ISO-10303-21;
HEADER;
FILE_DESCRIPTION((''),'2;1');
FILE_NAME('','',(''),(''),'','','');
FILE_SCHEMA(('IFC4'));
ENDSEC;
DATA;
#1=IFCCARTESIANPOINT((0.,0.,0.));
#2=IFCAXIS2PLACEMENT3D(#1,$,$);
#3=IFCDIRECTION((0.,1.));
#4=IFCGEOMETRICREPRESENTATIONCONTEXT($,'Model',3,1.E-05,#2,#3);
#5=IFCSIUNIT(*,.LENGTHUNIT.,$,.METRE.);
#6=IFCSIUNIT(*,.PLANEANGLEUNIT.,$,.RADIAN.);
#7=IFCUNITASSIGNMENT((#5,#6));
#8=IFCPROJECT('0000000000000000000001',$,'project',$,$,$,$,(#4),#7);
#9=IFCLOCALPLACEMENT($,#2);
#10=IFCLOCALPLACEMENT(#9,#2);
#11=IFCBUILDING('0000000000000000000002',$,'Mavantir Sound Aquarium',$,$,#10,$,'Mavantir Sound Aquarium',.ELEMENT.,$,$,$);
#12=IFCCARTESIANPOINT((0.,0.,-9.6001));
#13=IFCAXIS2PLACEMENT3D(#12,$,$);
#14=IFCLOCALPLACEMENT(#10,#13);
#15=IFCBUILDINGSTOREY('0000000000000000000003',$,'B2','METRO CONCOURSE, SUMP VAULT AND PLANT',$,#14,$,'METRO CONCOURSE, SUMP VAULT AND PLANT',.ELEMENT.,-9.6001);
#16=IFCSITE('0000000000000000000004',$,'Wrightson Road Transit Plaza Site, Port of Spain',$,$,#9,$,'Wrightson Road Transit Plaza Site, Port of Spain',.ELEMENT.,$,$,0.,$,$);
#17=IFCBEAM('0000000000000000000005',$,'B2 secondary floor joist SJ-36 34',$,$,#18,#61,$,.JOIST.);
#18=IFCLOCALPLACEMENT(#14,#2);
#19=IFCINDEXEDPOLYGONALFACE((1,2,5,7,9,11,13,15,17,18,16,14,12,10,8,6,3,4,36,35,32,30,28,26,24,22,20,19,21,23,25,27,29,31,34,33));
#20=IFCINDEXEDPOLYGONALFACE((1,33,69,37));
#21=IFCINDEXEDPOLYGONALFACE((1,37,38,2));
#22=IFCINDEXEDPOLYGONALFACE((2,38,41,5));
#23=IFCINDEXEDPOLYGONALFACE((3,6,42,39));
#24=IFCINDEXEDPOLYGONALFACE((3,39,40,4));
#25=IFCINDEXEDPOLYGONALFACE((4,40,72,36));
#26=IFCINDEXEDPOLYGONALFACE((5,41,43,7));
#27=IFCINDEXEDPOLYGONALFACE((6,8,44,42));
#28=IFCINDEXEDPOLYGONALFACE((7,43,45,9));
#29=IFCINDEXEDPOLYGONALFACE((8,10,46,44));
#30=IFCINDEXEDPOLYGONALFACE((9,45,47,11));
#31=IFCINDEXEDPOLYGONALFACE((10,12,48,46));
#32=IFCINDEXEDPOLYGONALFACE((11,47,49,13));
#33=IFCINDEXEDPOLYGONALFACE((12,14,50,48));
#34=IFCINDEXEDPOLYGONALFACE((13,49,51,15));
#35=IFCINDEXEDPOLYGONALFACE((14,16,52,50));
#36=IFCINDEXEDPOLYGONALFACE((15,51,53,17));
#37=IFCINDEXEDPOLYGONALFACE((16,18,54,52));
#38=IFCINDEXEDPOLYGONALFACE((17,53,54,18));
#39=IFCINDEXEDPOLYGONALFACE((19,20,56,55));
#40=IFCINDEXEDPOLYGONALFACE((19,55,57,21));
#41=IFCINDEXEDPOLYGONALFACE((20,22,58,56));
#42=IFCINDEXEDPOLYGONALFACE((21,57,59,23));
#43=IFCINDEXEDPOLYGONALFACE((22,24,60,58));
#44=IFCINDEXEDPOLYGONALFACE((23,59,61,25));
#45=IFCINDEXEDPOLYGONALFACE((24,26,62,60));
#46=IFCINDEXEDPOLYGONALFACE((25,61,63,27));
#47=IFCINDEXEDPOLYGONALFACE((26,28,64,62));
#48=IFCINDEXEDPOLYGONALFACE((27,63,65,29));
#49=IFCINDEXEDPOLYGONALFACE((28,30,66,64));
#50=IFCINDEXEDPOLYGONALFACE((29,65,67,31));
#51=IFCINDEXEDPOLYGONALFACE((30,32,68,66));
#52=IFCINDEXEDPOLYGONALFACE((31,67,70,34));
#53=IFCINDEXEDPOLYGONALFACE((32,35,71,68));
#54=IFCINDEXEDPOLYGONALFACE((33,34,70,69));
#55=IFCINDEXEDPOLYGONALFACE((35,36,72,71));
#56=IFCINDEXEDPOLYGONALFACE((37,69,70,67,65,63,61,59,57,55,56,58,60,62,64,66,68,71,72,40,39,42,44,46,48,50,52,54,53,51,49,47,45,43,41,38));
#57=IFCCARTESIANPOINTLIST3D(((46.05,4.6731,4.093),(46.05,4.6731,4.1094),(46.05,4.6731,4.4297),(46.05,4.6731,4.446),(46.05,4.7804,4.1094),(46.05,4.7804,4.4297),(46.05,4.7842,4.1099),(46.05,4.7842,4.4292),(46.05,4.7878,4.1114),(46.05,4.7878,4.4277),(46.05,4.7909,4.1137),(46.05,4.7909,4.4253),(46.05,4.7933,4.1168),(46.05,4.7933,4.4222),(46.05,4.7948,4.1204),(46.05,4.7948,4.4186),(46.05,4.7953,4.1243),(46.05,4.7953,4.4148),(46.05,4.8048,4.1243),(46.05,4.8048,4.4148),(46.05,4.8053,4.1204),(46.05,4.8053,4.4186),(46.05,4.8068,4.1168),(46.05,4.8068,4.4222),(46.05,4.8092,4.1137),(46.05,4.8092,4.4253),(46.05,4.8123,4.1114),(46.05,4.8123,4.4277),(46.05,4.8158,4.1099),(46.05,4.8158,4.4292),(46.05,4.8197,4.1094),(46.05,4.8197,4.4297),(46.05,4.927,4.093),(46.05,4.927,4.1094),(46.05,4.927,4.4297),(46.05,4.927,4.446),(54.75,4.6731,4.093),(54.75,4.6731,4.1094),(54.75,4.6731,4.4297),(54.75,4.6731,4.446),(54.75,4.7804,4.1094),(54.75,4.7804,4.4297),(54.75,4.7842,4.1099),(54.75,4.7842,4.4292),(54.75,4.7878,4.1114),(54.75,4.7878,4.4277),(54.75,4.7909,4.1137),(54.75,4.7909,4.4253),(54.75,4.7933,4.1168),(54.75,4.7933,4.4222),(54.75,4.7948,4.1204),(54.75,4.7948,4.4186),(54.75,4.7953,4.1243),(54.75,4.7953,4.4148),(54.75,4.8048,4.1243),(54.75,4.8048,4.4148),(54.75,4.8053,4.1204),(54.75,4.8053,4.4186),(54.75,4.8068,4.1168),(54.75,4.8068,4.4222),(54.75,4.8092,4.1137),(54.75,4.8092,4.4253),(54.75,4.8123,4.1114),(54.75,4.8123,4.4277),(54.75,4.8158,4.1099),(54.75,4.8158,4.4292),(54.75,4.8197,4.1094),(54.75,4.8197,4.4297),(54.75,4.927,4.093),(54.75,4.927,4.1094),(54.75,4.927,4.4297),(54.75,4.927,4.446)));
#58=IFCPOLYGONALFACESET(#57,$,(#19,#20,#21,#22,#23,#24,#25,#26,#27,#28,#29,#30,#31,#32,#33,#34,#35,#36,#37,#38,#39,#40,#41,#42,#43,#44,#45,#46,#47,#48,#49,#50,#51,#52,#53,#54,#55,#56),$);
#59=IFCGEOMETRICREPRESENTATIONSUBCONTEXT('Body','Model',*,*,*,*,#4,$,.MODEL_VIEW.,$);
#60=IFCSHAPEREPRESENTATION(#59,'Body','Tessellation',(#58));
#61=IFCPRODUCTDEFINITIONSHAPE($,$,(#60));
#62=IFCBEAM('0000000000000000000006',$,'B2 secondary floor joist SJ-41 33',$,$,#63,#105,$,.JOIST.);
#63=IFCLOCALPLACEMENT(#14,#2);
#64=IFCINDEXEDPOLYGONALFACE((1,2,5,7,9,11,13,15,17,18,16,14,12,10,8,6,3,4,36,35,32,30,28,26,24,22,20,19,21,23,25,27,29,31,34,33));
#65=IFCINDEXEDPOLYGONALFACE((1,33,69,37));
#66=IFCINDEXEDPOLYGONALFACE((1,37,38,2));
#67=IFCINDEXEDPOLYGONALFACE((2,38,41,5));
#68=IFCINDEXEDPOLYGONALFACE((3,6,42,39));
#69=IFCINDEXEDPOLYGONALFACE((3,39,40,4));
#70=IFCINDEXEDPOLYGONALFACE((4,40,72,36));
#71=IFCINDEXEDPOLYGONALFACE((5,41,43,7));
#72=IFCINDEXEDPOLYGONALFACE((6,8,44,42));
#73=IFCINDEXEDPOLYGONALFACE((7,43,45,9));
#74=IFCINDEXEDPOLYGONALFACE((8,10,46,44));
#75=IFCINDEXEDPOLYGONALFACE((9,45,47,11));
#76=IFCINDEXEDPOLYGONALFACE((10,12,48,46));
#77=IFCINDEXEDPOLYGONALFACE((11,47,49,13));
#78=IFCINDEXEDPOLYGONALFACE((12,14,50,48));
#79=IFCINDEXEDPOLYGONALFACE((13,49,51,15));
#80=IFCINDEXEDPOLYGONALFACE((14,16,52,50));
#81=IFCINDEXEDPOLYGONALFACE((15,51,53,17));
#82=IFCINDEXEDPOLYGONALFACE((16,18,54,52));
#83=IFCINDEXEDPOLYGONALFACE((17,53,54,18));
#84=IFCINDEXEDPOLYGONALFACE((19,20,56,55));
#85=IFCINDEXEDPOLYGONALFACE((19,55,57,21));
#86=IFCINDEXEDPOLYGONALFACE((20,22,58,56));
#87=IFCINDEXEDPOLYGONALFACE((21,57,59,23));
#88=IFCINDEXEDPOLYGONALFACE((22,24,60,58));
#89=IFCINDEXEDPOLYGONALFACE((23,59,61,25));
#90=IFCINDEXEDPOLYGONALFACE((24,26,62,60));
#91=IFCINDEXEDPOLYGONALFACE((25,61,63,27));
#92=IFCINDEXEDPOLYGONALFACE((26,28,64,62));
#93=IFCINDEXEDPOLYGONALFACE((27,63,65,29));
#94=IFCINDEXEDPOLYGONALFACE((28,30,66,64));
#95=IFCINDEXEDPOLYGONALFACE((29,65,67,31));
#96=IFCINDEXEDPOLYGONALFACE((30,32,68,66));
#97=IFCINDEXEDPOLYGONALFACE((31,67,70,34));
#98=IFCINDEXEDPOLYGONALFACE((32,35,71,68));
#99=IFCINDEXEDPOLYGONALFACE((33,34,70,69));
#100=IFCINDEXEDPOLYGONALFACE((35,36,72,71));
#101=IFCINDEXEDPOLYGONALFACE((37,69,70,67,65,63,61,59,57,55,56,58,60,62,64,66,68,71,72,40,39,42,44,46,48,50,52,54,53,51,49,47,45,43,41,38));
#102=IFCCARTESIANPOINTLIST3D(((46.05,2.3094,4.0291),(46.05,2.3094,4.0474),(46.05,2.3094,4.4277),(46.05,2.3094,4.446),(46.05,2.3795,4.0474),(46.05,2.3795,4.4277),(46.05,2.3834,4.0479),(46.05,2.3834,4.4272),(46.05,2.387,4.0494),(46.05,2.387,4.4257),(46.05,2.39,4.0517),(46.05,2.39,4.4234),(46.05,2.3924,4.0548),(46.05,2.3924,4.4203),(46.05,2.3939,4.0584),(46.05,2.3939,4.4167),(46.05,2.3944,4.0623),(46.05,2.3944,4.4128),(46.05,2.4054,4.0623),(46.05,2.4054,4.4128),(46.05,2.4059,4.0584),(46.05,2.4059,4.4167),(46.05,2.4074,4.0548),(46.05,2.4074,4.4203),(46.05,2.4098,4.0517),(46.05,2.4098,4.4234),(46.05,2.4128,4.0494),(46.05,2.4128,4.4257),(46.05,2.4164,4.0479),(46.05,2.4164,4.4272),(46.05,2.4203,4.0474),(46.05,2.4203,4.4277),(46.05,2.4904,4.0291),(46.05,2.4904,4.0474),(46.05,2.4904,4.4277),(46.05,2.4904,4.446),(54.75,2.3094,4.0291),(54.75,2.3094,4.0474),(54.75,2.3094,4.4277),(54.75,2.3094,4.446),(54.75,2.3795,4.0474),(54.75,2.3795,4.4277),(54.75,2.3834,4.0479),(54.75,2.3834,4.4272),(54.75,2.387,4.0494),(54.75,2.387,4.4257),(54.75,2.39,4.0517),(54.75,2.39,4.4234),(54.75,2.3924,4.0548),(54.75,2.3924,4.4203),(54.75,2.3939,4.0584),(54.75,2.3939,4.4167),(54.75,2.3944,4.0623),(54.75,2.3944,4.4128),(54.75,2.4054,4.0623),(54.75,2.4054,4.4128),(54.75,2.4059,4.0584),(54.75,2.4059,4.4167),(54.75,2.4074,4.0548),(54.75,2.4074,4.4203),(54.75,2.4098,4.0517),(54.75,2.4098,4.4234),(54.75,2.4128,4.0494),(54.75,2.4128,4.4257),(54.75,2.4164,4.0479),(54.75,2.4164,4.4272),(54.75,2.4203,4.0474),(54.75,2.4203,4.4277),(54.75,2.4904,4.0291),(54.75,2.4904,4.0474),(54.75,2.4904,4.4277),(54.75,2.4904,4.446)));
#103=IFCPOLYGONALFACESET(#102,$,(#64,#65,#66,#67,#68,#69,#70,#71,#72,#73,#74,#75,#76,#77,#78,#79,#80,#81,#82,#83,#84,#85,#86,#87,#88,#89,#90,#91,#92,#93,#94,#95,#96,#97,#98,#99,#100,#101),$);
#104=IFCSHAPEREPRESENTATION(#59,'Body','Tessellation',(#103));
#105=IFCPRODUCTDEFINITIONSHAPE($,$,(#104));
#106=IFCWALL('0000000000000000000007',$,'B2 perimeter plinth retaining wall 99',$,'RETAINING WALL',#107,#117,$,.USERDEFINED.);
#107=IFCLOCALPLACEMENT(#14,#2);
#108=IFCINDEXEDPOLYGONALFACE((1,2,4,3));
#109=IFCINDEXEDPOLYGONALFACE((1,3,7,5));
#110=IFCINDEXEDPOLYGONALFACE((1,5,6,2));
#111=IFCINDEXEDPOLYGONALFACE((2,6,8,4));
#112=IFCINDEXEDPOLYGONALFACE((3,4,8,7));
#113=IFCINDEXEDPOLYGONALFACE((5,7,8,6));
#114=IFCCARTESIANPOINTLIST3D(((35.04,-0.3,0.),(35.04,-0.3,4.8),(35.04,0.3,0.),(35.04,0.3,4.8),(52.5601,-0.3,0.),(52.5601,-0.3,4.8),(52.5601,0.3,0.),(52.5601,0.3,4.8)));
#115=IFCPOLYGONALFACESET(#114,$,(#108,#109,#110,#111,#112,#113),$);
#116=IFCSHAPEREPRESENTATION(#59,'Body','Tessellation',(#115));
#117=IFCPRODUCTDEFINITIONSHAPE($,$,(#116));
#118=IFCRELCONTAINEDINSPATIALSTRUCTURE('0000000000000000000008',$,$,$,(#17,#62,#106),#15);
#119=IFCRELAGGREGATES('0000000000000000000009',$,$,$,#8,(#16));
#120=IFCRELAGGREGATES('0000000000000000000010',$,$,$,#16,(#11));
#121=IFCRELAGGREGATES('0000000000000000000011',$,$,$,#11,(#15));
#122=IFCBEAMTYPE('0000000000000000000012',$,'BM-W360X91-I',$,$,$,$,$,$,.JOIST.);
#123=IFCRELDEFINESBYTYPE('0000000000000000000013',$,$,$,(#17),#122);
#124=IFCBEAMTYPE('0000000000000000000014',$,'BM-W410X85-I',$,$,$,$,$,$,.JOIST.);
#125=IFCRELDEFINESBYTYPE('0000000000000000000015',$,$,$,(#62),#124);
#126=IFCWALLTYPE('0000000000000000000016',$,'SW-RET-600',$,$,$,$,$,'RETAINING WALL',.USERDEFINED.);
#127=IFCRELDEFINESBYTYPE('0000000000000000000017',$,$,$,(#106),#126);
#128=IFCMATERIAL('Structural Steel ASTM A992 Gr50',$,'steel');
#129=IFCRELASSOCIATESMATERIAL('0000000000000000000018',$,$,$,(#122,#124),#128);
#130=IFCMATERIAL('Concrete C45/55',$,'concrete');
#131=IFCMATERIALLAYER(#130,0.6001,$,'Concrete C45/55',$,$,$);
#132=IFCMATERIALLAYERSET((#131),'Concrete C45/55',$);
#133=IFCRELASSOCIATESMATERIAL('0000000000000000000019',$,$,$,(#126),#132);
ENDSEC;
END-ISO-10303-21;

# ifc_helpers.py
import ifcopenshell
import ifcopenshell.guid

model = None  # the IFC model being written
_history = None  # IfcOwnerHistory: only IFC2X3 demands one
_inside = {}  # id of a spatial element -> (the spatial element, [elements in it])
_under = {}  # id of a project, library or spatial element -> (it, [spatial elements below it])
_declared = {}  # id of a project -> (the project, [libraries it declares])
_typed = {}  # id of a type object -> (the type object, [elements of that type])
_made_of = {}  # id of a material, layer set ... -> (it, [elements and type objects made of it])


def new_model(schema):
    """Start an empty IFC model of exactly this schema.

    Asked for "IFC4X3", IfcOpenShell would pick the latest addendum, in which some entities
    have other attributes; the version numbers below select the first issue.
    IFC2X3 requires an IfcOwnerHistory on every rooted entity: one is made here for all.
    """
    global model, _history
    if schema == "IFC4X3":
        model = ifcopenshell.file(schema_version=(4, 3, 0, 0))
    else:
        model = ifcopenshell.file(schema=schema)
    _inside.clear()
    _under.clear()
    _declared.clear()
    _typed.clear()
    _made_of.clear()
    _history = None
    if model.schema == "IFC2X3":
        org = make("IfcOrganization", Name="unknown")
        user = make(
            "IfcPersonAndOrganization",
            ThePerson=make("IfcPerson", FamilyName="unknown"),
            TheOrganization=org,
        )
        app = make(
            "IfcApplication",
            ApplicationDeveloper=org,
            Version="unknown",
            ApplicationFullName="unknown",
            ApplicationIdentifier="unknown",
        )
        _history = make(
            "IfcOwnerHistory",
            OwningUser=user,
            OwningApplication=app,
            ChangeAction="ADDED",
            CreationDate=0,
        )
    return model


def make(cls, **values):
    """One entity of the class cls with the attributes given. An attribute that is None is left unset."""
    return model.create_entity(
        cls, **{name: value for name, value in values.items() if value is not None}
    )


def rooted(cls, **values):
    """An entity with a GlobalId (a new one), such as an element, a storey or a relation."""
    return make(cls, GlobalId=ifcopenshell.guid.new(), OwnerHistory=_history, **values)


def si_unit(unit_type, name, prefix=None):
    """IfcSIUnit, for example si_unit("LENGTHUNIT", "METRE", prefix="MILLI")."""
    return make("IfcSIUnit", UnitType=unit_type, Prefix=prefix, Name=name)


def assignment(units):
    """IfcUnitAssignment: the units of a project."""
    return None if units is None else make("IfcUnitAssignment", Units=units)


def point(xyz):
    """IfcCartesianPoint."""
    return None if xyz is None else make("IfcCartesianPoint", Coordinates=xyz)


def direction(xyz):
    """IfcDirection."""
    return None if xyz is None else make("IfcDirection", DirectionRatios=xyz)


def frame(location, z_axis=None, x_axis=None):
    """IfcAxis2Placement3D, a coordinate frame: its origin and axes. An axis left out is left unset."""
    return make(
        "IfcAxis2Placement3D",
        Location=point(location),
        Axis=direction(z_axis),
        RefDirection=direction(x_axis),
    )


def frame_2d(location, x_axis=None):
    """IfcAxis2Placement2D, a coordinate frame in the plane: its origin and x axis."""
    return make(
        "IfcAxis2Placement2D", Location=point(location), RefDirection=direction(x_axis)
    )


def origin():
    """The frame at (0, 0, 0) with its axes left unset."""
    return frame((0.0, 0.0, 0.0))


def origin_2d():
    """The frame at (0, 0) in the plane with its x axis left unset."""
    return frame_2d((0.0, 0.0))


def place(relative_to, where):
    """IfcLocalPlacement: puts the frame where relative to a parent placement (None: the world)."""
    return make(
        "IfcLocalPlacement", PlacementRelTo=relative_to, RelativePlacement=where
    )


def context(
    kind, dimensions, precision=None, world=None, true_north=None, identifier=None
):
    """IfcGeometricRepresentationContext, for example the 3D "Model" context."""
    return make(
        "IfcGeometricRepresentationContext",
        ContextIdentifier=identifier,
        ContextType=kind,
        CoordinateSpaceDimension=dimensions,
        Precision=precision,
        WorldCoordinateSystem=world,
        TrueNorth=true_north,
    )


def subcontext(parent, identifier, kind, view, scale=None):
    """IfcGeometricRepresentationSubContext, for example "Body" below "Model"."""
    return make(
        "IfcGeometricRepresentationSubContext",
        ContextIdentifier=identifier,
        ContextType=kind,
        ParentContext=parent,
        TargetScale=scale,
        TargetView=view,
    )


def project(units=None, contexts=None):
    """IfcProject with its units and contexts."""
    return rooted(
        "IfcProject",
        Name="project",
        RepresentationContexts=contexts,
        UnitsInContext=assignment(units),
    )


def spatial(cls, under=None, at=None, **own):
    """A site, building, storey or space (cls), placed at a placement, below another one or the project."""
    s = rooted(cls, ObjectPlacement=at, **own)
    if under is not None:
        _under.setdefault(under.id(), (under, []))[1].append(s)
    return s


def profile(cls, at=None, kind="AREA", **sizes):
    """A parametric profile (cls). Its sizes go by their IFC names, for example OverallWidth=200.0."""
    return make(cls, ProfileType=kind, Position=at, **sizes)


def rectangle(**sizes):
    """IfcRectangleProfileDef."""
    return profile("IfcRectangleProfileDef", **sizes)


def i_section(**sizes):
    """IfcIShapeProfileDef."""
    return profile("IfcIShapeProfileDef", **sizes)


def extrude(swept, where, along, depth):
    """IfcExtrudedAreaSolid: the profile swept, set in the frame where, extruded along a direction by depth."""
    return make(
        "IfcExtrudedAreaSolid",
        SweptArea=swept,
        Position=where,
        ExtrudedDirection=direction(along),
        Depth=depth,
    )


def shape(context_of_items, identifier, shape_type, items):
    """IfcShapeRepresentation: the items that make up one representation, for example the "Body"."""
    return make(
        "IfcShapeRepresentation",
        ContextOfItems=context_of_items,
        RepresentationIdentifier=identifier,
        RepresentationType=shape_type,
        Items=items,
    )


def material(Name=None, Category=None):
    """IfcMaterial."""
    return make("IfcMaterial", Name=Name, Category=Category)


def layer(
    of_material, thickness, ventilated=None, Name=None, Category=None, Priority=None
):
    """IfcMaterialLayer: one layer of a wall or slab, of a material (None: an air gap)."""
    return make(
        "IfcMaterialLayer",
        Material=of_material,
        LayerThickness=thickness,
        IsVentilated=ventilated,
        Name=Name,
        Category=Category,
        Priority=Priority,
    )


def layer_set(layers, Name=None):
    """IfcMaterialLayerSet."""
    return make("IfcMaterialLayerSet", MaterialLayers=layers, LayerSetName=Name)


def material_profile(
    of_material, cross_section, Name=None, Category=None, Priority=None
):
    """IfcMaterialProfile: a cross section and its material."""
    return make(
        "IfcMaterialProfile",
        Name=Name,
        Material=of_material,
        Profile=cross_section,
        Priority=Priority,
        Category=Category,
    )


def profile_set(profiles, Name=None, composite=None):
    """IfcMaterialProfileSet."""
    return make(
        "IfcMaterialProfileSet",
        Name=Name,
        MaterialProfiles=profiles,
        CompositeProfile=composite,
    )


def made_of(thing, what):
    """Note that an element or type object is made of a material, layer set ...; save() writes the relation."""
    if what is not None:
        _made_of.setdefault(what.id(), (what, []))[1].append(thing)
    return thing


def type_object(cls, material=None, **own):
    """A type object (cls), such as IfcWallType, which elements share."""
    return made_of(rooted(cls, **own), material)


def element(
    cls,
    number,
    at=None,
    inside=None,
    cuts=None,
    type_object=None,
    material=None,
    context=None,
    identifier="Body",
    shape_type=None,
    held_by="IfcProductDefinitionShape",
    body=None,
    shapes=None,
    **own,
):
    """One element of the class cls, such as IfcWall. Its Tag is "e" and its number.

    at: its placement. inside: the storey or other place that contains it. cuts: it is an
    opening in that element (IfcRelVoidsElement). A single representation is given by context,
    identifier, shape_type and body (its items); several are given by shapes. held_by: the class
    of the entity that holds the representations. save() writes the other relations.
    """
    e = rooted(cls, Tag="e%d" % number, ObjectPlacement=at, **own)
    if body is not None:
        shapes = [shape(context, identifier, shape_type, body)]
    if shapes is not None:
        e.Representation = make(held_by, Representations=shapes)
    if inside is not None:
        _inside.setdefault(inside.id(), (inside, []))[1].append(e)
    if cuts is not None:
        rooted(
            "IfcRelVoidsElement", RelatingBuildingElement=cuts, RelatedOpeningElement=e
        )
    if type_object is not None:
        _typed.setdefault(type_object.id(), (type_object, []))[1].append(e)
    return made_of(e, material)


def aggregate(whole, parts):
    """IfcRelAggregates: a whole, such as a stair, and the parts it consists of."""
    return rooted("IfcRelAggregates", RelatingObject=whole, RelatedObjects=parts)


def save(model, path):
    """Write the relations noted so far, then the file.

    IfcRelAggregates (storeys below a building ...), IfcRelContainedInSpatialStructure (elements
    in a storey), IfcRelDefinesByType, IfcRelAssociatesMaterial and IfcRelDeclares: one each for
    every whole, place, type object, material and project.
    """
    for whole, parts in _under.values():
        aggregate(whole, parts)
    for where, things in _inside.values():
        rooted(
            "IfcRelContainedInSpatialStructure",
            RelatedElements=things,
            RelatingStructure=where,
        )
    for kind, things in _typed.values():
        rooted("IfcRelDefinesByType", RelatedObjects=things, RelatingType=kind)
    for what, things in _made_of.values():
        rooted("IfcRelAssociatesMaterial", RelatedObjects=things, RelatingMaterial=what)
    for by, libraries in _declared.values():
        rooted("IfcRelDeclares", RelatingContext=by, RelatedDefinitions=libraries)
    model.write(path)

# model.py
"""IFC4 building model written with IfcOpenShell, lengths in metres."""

from ifc_helpers import new_model, si_unit, direction, frame, frame_2d, origin, origin_2d, place, context, subcontext, project, spatial, rectangle, i_section, extrude, material, layer, layer_set, material_profile, profile_set, type_object, element, save


model = new_model("IFC4")

# Units and contexts
model_context = context("Model", 3, precision=1e-05, world=origin(), true_north=direction((0.0, 1.0)))
body_context = subcontext(model_context, "Body", "Model", "MODEL_VIEW")
ifc_project = project(units=[si_unit("LENGTHUNIT", "METRE"), si_unit("PLANEANGLEUNIT", "RADIAN")], contexts=[model_context])

# Site, building, storey
site_placement = place(None, origin())
site = spatial("IfcSite", under=ifc_project, at=site_placement, Name="Wrightson Road Transit Plaza Site, Port of Spain", LongName="Wrightson Road Transit Plaza Site, Port of Spain", CompositionType="ELEMENT", RefElevation=0.0)
building_placement = place(site_placement, origin())
building = spatial("IfcBuilding", under=site, at=building_placement, Name="Mavantir Sound Aquarium", LongName="Mavantir Sound Aquarium", CompositionType="ELEMENT")
storey_placement = place(building_placement, frame((0.0, 0.0, -9.6001)))
storey = spatial("IfcBuildingStorey", under=building, at=storey_placement, Name="B2", Description="METRO CONCOURSE, SUMP VAULT AND PLANT", LongName="METRO CONCOURSE, SUMP VAULT AND PLANT", CompositionType="ELEMENT", Elevation=-9.6001)

# Shared definitions
ifc_material_1 = material(Name="Concrete C45/55", Category="concrete")

# Beams
ifc_material_2 = material(Name="Structural Steel ASTM A992 Gr50", Category="steel")
ifc_material_profile_1 = material_profile(ifc_material_2, i_section(OverallWidth=0.2539, OverallDepth=0.353, WebThickness=0.0095, FlangeThickness=0.0164, FilletRadius=0.0149, at=origin_2d()), Name="W360X91")
ifc_profile_set_1 = profile_set([ifc_material_profile_1], Name="Structural Steel ASTM A992 Gr50")
beam_type_1 = type_object("IfcBeamType", Name="BM-W360X91-I", PredefinedType="JOIST", material=ifc_profile_set_1)
beam_1_placement = place(storey_placement, frame((46.05, 4.8, 4.2695), z_axis=(1.0, 0.0, 0.0), x_axis=(0.0, 1.0, 0.0)))
element("IfcBeam", 1, at=beam_1_placement, inside=storey, type_object=beam_type_1, Name="B2 secondary floor joist SJ-36 34", PredefinedType="JOIST", context=body_context, shape_type="SweptSolid", body=[
    extrude(i_section(OverallWidth=0.2539, OverallDepth=0.353, WebThickness=0.0095, FlangeThickness=0.0164, FilletRadius=0.0149, at=origin_2d()), origin(), (0.0, 0.0, 1.0), 8.7),
])
ifc_material_profile_2 = material_profile(ifc_material_2, i_section(OverallWidth=0.1809, OverallDepth=0.417, WebThickness=0.011, FlangeThickness=0.0183, FilletRadius=0.0149, at=origin_2d()), Name="W410X85")
ifc_profile_set_2 = profile_set([ifc_material_profile_2], Name="Structural Steel ASTM A992 Gr50")
beam_type_2 = type_object("IfcBeamType", Name="BM-W410X85-I", PredefinedType="JOIST", material=ifc_profile_set_2)
beam_2_placement = place(storey_placement, frame((46.05, 2.3999, 4.2375), z_axis=(1.0, 0.0, 0.0), x_axis=(0.0, 1.0, 0.0)))
element("IfcBeam", 2, at=beam_2_placement, inside=storey, type_object=beam_type_2, Name="B2 secondary floor joist SJ-41 33", PredefinedType="JOIST", context=body_context, shape_type="SweptSolid", body=[
    extrude(i_section(OverallWidth=0.1809, OverallDepth=0.417, WebThickness=0.011, FlangeThickness=0.0183, FilletRadius=0.0149, at=origin_2d()), origin(), (0.0, 0.0, 1.0), 8.7),
])

# Wall
ifc_layer = layer(ifc_material_1, 0.6001, Name="Concrete C45/55")
ifc_layer_set = layer_set([ifc_layer], Name="Concrete C45/55")
wall_type = type_object("IfcWallType", Name="SW-RET-600", ElementType="RETAINING WALL", PredefinedType="USERDEFINED", material=ifc_layer_set)
wall_placement = place(storey_placement, frame((52.5601, 0.0, 0.0), z_axis=(0.0, 0.0, 1.0), x_axis=(-1.0, 0.0, 0.0)))
element("IfcWall", 3, at=wall_placement, inside=storey, type_object=wall_type, Name="B2 perimeter plinth retaining wall 99", ObjectType="RETAINING WALL", PredefinedType="USERDEFINED", context=body_context, shape_type="SweptSolid", body=[
    extrude(rectangle(XDim=17.52, YDim=0.6001, at=frame_2d((8.76, 0.0))), origin(), (0.0, 0.0, 1.0), 4.8),
])

save(model, "model.ifc")
